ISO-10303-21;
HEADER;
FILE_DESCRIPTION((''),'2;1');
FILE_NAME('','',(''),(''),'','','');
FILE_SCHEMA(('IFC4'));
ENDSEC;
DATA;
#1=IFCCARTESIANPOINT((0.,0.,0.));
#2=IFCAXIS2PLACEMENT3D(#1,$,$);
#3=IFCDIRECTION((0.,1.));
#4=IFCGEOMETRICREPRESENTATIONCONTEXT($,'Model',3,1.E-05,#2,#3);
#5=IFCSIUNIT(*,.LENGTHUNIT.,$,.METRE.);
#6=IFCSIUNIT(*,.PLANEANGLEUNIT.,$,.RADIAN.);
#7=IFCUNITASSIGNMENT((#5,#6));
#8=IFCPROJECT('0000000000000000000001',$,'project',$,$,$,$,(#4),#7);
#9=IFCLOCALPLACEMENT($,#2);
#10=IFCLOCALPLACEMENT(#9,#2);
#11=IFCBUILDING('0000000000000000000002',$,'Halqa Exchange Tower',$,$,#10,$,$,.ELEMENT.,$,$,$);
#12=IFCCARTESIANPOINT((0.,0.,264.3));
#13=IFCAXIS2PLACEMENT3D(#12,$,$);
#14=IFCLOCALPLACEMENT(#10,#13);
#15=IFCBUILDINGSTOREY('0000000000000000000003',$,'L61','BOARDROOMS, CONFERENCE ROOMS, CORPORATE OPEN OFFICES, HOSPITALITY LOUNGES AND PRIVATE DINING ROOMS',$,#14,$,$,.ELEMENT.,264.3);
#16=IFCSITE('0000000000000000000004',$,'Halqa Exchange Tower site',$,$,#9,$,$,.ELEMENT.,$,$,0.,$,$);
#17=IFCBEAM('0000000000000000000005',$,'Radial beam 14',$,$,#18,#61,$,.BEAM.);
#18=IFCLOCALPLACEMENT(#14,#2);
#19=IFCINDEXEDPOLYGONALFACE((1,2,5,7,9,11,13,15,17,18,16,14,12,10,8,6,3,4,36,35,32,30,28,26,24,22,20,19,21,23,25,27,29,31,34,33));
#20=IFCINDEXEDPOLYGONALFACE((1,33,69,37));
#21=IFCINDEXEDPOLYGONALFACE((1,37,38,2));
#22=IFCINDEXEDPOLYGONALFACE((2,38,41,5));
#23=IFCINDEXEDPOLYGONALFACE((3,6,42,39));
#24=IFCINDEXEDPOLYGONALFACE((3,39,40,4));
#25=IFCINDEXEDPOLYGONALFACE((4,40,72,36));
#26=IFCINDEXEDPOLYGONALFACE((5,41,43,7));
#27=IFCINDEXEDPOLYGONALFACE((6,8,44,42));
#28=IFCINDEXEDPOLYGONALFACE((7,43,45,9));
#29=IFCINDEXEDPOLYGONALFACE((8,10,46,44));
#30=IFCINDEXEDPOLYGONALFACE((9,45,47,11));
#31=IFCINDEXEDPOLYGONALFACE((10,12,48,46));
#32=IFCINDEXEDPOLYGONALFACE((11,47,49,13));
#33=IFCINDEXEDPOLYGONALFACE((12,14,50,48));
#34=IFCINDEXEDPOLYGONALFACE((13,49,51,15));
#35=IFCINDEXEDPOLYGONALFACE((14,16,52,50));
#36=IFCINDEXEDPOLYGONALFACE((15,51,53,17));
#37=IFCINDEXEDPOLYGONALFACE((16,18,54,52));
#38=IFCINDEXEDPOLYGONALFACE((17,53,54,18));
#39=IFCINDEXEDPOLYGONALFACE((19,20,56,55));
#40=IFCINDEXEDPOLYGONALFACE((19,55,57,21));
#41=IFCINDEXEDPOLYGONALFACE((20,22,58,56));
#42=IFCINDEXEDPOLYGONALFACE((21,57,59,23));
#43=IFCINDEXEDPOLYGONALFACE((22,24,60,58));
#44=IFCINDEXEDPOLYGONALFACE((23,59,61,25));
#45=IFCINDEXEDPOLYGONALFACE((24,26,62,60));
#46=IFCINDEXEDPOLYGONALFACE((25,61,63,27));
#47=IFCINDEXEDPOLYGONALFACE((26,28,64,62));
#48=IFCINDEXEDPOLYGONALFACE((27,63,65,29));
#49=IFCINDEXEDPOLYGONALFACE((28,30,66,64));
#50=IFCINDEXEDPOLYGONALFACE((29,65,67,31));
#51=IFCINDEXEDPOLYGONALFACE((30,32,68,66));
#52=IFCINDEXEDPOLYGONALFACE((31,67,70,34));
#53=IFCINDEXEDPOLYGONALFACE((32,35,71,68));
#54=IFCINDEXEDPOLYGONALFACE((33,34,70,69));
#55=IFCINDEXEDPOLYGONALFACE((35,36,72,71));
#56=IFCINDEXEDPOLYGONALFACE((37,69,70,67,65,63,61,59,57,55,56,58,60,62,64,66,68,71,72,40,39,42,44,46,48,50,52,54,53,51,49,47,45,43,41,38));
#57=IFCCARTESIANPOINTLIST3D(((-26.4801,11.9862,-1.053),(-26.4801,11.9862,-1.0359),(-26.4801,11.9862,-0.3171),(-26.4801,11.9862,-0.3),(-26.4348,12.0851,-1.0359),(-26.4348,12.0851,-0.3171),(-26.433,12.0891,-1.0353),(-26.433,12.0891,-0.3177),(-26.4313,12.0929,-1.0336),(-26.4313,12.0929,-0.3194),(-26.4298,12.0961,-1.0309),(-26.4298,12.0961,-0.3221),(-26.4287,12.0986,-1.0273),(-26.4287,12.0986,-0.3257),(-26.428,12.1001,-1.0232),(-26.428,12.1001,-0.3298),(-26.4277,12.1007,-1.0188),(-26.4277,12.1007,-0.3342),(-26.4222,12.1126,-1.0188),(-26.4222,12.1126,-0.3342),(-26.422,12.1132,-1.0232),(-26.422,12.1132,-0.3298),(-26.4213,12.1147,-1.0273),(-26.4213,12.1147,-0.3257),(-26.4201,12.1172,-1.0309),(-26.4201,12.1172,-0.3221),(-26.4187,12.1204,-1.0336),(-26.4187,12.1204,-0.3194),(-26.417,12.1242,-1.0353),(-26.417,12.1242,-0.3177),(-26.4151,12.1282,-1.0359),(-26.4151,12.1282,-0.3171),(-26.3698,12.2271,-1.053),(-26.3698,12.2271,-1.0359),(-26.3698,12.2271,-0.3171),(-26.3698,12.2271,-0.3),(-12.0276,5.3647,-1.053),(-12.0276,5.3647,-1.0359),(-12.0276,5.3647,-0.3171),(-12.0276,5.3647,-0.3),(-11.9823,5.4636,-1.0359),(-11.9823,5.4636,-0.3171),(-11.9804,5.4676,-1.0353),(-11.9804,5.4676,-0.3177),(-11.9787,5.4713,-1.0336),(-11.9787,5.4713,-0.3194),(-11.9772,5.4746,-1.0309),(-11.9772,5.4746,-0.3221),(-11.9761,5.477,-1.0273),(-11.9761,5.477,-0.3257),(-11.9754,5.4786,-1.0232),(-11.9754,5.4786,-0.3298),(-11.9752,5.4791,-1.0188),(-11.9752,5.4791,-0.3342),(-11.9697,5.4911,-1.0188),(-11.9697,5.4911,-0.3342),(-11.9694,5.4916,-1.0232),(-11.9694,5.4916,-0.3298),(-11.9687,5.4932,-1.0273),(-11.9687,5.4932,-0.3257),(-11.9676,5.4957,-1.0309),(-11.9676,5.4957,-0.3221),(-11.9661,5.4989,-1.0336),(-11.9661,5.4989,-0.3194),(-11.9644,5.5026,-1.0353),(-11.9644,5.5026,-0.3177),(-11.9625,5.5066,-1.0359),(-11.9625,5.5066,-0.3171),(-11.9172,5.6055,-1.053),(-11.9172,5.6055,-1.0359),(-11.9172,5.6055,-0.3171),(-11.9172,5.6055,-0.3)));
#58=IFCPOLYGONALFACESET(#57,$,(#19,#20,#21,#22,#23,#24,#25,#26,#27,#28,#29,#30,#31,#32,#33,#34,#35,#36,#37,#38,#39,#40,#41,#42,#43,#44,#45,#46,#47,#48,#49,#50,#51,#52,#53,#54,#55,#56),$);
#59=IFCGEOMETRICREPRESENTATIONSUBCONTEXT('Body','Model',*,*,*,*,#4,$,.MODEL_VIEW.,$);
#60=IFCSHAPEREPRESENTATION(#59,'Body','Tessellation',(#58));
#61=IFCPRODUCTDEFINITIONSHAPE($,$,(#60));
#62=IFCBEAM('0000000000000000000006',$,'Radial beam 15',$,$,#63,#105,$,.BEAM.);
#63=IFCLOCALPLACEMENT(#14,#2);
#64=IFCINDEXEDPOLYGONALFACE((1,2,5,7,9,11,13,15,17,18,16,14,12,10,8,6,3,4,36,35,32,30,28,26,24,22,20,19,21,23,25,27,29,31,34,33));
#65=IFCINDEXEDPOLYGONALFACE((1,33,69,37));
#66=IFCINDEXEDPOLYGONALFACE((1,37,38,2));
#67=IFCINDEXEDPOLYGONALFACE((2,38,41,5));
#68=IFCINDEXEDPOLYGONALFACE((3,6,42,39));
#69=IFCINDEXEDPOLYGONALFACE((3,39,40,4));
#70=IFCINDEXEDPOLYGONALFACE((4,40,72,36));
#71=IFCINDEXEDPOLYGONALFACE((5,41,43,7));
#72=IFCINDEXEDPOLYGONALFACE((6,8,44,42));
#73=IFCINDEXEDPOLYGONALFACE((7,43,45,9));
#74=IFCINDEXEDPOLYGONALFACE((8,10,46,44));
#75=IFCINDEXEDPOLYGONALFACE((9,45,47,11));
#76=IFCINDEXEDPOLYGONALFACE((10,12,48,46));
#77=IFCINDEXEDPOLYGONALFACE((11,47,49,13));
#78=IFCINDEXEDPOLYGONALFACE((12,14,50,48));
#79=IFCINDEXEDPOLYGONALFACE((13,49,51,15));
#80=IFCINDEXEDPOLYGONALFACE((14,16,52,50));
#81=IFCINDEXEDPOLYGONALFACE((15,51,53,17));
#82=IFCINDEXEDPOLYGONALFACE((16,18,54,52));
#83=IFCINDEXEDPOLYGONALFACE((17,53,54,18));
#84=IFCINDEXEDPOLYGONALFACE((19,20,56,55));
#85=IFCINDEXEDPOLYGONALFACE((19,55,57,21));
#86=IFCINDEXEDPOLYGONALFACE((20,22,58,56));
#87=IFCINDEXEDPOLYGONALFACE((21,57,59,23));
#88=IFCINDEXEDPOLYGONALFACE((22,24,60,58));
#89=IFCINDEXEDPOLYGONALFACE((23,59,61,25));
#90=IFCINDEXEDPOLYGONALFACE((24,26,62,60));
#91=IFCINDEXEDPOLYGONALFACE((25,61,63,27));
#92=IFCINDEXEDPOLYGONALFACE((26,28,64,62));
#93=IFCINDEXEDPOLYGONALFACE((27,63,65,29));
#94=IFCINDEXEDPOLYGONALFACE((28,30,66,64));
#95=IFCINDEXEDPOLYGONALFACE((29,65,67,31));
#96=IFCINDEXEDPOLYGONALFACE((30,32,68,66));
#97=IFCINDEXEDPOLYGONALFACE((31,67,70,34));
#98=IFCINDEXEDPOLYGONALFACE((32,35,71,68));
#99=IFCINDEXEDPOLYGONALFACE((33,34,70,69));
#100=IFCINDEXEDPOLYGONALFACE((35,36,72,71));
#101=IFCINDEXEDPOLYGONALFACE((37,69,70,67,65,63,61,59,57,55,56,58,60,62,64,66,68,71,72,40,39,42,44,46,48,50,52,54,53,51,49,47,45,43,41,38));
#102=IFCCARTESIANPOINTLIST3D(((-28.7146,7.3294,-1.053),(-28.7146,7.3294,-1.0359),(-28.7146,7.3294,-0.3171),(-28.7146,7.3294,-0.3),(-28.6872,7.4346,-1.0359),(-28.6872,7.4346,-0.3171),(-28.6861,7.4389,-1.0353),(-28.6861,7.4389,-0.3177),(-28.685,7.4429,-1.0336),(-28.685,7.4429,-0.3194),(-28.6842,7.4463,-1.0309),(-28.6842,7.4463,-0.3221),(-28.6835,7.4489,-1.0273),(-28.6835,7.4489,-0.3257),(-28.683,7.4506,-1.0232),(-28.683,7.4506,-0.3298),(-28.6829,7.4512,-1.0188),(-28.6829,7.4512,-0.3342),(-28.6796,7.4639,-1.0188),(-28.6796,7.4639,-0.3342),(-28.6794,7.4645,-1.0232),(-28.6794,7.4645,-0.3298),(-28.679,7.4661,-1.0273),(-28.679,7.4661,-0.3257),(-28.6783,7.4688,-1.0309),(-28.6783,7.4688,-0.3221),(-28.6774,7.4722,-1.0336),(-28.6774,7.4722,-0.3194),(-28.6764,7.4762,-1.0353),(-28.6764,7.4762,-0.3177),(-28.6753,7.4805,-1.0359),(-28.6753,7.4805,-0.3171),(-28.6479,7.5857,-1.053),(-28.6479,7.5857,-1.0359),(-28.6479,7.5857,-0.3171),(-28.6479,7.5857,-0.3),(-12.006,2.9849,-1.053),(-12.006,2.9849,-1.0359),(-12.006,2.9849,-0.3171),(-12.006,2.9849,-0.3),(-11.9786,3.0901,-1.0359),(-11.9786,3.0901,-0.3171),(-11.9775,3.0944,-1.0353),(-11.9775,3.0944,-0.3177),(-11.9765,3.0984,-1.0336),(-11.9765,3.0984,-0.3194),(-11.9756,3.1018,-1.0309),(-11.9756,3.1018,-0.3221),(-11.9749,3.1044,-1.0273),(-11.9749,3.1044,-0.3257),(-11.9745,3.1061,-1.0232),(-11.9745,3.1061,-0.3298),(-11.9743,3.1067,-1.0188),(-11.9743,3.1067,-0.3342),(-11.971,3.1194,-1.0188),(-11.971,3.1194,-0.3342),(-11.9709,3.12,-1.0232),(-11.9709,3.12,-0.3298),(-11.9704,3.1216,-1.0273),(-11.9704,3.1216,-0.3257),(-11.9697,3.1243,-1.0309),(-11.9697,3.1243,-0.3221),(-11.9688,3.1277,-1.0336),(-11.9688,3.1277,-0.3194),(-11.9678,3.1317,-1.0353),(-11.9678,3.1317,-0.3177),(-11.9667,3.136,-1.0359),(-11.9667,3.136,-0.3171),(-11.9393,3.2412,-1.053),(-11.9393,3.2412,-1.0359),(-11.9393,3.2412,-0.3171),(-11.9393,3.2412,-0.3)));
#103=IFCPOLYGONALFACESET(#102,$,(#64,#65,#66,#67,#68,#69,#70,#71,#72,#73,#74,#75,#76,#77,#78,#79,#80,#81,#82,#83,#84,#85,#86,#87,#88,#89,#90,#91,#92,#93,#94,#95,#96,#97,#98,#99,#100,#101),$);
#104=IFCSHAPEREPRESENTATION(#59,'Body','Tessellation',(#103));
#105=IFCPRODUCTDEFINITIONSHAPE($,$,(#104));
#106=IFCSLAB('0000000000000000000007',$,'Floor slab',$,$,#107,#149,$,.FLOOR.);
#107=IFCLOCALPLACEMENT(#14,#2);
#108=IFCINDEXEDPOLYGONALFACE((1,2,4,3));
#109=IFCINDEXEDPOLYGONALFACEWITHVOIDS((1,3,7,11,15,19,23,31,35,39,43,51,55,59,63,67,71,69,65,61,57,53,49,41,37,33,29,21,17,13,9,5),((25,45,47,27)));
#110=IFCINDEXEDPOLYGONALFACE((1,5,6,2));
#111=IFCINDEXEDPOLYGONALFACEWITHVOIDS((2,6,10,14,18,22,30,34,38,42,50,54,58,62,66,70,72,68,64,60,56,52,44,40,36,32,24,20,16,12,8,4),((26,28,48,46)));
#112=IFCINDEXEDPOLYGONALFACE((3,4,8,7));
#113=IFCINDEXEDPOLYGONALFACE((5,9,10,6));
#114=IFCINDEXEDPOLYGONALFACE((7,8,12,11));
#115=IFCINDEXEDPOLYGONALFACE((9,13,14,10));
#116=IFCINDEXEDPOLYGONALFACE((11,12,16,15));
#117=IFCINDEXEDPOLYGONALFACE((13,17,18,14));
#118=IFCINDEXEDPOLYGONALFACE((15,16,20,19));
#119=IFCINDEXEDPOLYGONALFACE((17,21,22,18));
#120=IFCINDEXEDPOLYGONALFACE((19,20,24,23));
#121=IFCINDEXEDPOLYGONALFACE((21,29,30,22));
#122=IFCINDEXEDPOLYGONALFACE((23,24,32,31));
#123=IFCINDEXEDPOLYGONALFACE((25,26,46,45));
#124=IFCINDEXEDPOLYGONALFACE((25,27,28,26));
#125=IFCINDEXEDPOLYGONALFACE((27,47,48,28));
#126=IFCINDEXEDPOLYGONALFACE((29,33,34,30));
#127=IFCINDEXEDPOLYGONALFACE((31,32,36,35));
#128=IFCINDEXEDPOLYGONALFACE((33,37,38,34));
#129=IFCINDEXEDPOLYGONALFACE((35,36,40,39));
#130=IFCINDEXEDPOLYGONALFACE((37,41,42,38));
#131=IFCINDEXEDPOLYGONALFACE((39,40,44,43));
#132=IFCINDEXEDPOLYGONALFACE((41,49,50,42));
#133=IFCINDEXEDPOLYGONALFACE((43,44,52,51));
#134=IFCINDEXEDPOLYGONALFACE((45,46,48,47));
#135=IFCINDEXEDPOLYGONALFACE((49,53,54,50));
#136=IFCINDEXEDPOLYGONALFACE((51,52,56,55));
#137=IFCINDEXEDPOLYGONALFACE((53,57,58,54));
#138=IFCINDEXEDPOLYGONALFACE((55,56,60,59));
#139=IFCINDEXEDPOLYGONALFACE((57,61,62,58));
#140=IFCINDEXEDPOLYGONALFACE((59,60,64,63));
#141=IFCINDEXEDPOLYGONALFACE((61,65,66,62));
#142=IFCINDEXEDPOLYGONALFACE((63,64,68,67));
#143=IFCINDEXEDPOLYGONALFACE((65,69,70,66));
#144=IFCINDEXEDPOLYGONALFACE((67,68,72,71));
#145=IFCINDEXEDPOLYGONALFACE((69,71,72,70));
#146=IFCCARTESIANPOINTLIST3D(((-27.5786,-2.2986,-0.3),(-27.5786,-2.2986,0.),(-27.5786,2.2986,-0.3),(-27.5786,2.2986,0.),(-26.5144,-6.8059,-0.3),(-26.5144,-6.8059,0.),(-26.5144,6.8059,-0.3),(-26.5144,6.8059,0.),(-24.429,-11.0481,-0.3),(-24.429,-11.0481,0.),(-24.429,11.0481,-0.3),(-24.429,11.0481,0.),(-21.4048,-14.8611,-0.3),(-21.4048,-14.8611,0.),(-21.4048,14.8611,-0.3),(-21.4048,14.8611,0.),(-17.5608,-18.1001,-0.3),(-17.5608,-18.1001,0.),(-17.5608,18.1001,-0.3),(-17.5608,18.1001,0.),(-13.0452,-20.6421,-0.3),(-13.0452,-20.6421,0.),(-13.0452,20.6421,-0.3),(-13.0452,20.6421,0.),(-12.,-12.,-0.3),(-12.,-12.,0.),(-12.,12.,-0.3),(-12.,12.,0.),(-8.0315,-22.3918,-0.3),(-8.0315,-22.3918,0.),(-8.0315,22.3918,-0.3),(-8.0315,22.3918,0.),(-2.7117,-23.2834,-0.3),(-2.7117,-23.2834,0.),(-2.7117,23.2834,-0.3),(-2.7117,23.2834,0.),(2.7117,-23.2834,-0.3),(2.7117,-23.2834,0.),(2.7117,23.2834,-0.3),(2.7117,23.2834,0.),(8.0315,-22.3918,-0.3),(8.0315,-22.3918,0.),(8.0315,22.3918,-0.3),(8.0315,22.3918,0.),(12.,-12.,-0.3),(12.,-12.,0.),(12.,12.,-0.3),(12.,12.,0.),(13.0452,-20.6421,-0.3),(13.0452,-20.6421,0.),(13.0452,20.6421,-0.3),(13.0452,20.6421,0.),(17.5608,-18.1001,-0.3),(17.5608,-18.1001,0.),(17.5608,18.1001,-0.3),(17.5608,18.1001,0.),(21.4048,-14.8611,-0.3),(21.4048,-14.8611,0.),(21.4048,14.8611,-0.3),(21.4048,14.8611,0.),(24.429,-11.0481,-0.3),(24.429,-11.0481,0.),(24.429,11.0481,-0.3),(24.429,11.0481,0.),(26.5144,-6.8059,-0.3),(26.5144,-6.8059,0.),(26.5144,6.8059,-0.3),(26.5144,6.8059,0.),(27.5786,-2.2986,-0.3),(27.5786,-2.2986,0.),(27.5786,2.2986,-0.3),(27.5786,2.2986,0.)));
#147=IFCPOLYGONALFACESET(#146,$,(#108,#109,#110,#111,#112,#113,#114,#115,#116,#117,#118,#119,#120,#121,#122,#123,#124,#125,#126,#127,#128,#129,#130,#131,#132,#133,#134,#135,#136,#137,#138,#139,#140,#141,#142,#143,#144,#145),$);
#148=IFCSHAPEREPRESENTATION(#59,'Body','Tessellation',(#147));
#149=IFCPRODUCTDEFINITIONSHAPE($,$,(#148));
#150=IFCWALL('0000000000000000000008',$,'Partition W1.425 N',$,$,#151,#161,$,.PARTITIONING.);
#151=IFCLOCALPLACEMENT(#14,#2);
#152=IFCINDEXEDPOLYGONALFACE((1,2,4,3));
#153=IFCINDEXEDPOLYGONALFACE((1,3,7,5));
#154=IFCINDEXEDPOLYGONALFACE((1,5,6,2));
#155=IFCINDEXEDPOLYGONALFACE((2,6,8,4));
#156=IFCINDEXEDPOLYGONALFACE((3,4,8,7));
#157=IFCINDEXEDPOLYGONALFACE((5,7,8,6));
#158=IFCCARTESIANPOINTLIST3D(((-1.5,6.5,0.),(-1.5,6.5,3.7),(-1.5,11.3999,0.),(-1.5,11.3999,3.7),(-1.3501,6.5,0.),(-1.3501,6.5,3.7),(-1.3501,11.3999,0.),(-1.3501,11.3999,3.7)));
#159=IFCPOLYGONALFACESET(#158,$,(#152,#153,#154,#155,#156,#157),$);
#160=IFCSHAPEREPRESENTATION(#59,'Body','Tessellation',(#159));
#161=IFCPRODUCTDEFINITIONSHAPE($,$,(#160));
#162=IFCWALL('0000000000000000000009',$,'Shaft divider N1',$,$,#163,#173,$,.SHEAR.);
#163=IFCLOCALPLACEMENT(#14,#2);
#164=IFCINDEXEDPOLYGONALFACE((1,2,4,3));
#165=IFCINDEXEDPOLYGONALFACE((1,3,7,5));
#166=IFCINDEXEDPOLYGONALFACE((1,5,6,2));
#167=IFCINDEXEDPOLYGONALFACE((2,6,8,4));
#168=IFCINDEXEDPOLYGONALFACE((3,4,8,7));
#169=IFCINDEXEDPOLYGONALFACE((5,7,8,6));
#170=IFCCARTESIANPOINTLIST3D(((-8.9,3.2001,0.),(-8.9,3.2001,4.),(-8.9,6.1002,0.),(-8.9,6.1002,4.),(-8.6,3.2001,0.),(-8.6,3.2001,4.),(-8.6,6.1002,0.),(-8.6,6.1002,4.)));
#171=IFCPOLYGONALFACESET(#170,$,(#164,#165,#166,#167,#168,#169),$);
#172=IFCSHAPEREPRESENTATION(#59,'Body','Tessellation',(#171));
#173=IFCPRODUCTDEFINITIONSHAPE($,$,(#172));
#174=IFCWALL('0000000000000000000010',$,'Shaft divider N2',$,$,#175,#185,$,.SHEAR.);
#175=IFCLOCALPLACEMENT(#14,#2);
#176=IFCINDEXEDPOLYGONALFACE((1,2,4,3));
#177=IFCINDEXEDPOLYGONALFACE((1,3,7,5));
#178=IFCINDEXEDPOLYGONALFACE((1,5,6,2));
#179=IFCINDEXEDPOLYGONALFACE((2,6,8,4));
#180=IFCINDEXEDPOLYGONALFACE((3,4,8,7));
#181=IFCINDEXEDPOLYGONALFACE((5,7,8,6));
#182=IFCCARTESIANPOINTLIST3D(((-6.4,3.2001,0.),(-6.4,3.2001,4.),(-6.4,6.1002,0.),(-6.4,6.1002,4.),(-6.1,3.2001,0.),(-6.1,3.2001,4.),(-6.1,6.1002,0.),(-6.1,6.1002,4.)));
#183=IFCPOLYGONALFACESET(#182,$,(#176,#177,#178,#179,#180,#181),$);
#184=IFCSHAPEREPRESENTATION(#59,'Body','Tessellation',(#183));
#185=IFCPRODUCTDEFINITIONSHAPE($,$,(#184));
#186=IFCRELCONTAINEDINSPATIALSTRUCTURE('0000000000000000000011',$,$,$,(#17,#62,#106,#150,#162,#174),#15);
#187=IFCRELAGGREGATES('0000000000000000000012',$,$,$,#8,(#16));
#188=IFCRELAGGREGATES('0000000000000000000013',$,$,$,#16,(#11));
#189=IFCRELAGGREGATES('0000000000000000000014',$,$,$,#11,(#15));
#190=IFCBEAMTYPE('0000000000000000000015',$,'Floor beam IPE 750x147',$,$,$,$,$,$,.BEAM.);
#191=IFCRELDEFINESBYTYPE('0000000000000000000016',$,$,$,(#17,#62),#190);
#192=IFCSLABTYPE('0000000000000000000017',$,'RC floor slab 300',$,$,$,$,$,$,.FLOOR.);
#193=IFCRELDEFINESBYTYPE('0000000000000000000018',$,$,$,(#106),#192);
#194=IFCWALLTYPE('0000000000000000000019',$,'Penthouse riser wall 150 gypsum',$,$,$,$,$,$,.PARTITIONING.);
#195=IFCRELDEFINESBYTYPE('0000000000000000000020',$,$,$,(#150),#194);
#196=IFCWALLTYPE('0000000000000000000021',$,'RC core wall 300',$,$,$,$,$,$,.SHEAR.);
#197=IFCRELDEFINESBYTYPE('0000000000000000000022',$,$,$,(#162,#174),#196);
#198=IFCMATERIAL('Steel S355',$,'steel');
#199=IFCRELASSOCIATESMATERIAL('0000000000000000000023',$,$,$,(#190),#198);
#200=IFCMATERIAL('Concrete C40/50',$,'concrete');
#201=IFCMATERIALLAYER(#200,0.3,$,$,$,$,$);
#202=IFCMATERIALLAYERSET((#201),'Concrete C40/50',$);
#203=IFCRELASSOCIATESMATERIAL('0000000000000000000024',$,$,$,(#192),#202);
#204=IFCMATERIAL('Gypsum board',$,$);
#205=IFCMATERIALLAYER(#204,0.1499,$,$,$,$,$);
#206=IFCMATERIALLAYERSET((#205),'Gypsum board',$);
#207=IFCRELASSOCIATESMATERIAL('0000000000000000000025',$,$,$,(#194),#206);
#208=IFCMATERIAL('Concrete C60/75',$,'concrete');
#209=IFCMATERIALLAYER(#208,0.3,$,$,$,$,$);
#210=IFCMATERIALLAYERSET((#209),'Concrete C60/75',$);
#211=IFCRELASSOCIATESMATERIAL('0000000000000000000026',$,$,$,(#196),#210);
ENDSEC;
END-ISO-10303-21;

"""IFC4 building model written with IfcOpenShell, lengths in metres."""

from ifc_helpers import new_model, si_unit, direction, frame, frame_2d, origin, origin_2d, place, context, subcontext, project, spatial, polyline, rectangle, i_section, outline, extrude, material, layer, layer_set, material_profile, profile_set, type_object, element, save


model = new_model("IFC4")

# Units and contexts
model_context = context("Model", 3, precision=1e-05, world=origin(), true_north=direction((0.0, 1.0)))
body_context = subcontext(model_context, "Body", "Model", "MODEL_VIEW")
ifc_project = project(units=[si_unit("LENGTHUNIT", "METRE"), si_unit("PLANEANGLEUNIT", "RADIAN")], contexts=[model_context])

# Site, building, storey
site_placement = place(None, origin())
site = spatial("IfcSite", under=ifc_project, at=site_placement, Name="Halqa Exchange Tower site", CompositionType="ELEMENT", RefElevation=0.0)
building_placement = place(site_placement, origin())
building = spatial("IfcBuilding", under=site, at=building_placement, Name="Halqa Exchange Tower", CompositionType="ELEMENT")
storey_placement = place(building_placement, frame((0.0, 0.0, 264.3)))
storey = spatial("IfcBuildingStorey", under=building, at=storey_placement, Name="L61", Description="BOARDROOMS, CONFERENCE ROOMS, CORPORATE OPEN OFFICES, HOSPITALITY LOUNGES AND PRIVATE DINING ROOMS", CompositionType="ELEMENT", Elevation=264.3)

# Beams
ifc_material_1 = material(Name="Steel S355", Category="steel")
ifc_material_profile = material_profile(ifc_material_1, i_section(OverallWidth=0.2649, OverallDepth=0.7529, WebThickness=0.0132, FlangeThickness=0.0171, FilletRadius=0.0171, at=origin_2d()), Name="IPE 750x147")
ifc_profile_set = profile_set([ifc_material_profile], Name="Steel S355")
beam_type = type_object("IfcBeamType", Name="Floor beam IPE 750x147", PredefinedType="BEAM", material=ifc_profile_set)
beam_1_placement = place(storey_placement, frame((-11.9724, 5.4851, -0.6765), z_axis=(-0.909125, 0.416523, 0.0), x_axis=(-0.416523, -0.909125, 0.0)))
element("IfcBeam", 1, at=beam_1_placement, inside=storey, type_object=beam_type, Name="Radial beam 14", PredefinedType="BEAM", context=body_context, shape_type="SweptSolid", body=[
    extrude(i_section(OverallWidth=0.2649, OverallDepth=0.7529, WebThickness=0.0132, FlangeThickness=0.0171, FilletRadius=0.0171, at=origin_2d()), origin(), (0.0, 0.0, 1.0), 15.8972),
])
beam_2_placement = place(storey_placement, frame((-11.9727, 3.113, -0.6765), z_axis=(-0.967819, 0.251649, 0.0), x_axis=(-0.251649, -0.967819, 0.0)))
element("IfcBeam", 2, at=beam_2_placement, inside=storey, type_object=beam_type, Name="Radial beam 15", PredefinedType="BEAM", context=body_context, shape_type="SweptSolid", body=[
    extrude(i_section(OverallWidth=0.2649, OverallDepth=0.7529, WebThickness=0.0132, FlangeThickness=0.0171, FilletRadius=0.0171, at=origin_2d()), origin(), (0.0, 0.0, 1.0), 17.2642),
])

# Slab
ifc_material_2 = material(Name="Concrete C40/50", Category="concrete")
ifc_layer_1 = layer(ifc_material_2, 0.3)
ifc_layer_set_1 = layer_set([ifc_layer_1], Name="Concrete C40/50")
slab_type = type_object("IfcSlabType", Name="RC floor slab 300", PredefinedType="FLOOR", material=ifc_layer_set_1)
slab_placement = place(storey_placement, frame((0.0, 0.0, -0.3)))
element("IfcSlab", 3, at=slab_placement, inside=storey, type_object=slab_type, Name="Floor slab", PredefinedType="FLOOR", context=body_context, shape_type="SweptSolid", body=[
    extrude(outline(polyline([(27.5786, 2.2986), (26.5144, 6.8059), (24.429, 11.0481), (21.4048, 14.8611), (17.5608, 18.1001), (13.0452, 20.6421), (8.0315, 22.3918), (2.7117, 23.2834), (-2.7117, 23.2834), (-8.0315, 22.3918), (-13.0452, 20.6421), (-17.5608, 18.1001), (-21.4048, 14.8611), (-24.429, 11.0481), (-26.5144, 6.8059), (-27.5786, 2.2986), (-27.5786, -2.2986), (-26.5144, -6.8059), (-24.429, -11.0481), (-21.4048, -14.8611), (-17.5608, -18.1001), (-13.0452, -20.6421), (-8.0315, -22.3918), (-2.7117, -23.2834), (2.7117, -23.2834), (8.0315, -22.3918), (13.0452, -20.6421), (17.5608, -18.1001), (21.4048, -14.8611), (24.429, -11.0481), (26.5144, -6.8059), (27.5786, -2.2986), (27.5786, 2.2986)]), holes=[polyline([(-12.0, -12.0), (12.0, -12.0), (12.0, 12.0), (-12.0, 12.0), (-12.0, -12.0)])]), origin(), (0.0, 0.0, 1.0), 0.3),
])

# Walls
ifc_material_3 = material(Name="Gypsum board")
ifc_layer_2 = layer(ifc_material_3, 0.1499)
ifc_layer_set_2 = layer_set([ifc_layer_2], Name="Gypsum board")
wall_type_1 = type_object("IfcWallType", Name="Penthouse riser wall 150 gypsum", PredefinedType="PARTITIONING", material=ifc_layer_set_2)
wall_1_placement = place(storey_placement, frame((-1.425, 6.5, 0.0), z_axis=(0.0, 0.0, 1.0), x_axis=(0.0, 1.0, 0.0)))
element("IfcWall", 4, at=wall_1_placement, inside=storey, type_object=wall_type_1, Name="Partition W1.425 N", PredefinedType="PARTITIONING", context=body_context, shape_type="SweptSolid", body=[
    extrude(rectangle(XDim=4.8999, YDim=0.1499, at=frame_2d((2.45, 0.0))), origin(), (0.0, 0.0, 1.0), 3.7),
])
ifc_material_4 = material(Name="Concrete C60/75", Category="concrete")
ifc_layer_3 = layer(ifc_material_4, 0.3)
ifc_layer_set_3 = layer_set([ifc_layer_3], Name="Concrete C60/75")
wall_type_2 = type_object("IfcWallType", Name="RC core wall 300", PredefinedType="SHEAR", material=ifc_layer_set_3)
for number, where, z_axis, x_axis, name in (
    (5, (-8.75, 3.2, 0.0), (0.0, 0.0, 1.0), (0.0, 1.0, 0.0), "Shaft divider N1"),
    (6, (-6.25, 3.2, 0.0), (0.0, 0.0, 1.0), (0.0, 1.0, 0.0), "Shaft divider N2"),
):
    element("IfcWall", number, at=place(storey_placement, frame(where, z_axis=z_axis, x_axis=x_axis)), inside=storey, type_object=wall_type_2, Name=name, PredefinedType="SHEAR", context=body_context, shape_type="SweptSolid", body=[
        extrude(rectangle(XDim=2.9001, YDim=0.3, at=frame_2d((1.4502, 0.0))), origin(), (0.0, 0.0, 1.0), 4.0),
    ])

save(model, "model.ifc")
